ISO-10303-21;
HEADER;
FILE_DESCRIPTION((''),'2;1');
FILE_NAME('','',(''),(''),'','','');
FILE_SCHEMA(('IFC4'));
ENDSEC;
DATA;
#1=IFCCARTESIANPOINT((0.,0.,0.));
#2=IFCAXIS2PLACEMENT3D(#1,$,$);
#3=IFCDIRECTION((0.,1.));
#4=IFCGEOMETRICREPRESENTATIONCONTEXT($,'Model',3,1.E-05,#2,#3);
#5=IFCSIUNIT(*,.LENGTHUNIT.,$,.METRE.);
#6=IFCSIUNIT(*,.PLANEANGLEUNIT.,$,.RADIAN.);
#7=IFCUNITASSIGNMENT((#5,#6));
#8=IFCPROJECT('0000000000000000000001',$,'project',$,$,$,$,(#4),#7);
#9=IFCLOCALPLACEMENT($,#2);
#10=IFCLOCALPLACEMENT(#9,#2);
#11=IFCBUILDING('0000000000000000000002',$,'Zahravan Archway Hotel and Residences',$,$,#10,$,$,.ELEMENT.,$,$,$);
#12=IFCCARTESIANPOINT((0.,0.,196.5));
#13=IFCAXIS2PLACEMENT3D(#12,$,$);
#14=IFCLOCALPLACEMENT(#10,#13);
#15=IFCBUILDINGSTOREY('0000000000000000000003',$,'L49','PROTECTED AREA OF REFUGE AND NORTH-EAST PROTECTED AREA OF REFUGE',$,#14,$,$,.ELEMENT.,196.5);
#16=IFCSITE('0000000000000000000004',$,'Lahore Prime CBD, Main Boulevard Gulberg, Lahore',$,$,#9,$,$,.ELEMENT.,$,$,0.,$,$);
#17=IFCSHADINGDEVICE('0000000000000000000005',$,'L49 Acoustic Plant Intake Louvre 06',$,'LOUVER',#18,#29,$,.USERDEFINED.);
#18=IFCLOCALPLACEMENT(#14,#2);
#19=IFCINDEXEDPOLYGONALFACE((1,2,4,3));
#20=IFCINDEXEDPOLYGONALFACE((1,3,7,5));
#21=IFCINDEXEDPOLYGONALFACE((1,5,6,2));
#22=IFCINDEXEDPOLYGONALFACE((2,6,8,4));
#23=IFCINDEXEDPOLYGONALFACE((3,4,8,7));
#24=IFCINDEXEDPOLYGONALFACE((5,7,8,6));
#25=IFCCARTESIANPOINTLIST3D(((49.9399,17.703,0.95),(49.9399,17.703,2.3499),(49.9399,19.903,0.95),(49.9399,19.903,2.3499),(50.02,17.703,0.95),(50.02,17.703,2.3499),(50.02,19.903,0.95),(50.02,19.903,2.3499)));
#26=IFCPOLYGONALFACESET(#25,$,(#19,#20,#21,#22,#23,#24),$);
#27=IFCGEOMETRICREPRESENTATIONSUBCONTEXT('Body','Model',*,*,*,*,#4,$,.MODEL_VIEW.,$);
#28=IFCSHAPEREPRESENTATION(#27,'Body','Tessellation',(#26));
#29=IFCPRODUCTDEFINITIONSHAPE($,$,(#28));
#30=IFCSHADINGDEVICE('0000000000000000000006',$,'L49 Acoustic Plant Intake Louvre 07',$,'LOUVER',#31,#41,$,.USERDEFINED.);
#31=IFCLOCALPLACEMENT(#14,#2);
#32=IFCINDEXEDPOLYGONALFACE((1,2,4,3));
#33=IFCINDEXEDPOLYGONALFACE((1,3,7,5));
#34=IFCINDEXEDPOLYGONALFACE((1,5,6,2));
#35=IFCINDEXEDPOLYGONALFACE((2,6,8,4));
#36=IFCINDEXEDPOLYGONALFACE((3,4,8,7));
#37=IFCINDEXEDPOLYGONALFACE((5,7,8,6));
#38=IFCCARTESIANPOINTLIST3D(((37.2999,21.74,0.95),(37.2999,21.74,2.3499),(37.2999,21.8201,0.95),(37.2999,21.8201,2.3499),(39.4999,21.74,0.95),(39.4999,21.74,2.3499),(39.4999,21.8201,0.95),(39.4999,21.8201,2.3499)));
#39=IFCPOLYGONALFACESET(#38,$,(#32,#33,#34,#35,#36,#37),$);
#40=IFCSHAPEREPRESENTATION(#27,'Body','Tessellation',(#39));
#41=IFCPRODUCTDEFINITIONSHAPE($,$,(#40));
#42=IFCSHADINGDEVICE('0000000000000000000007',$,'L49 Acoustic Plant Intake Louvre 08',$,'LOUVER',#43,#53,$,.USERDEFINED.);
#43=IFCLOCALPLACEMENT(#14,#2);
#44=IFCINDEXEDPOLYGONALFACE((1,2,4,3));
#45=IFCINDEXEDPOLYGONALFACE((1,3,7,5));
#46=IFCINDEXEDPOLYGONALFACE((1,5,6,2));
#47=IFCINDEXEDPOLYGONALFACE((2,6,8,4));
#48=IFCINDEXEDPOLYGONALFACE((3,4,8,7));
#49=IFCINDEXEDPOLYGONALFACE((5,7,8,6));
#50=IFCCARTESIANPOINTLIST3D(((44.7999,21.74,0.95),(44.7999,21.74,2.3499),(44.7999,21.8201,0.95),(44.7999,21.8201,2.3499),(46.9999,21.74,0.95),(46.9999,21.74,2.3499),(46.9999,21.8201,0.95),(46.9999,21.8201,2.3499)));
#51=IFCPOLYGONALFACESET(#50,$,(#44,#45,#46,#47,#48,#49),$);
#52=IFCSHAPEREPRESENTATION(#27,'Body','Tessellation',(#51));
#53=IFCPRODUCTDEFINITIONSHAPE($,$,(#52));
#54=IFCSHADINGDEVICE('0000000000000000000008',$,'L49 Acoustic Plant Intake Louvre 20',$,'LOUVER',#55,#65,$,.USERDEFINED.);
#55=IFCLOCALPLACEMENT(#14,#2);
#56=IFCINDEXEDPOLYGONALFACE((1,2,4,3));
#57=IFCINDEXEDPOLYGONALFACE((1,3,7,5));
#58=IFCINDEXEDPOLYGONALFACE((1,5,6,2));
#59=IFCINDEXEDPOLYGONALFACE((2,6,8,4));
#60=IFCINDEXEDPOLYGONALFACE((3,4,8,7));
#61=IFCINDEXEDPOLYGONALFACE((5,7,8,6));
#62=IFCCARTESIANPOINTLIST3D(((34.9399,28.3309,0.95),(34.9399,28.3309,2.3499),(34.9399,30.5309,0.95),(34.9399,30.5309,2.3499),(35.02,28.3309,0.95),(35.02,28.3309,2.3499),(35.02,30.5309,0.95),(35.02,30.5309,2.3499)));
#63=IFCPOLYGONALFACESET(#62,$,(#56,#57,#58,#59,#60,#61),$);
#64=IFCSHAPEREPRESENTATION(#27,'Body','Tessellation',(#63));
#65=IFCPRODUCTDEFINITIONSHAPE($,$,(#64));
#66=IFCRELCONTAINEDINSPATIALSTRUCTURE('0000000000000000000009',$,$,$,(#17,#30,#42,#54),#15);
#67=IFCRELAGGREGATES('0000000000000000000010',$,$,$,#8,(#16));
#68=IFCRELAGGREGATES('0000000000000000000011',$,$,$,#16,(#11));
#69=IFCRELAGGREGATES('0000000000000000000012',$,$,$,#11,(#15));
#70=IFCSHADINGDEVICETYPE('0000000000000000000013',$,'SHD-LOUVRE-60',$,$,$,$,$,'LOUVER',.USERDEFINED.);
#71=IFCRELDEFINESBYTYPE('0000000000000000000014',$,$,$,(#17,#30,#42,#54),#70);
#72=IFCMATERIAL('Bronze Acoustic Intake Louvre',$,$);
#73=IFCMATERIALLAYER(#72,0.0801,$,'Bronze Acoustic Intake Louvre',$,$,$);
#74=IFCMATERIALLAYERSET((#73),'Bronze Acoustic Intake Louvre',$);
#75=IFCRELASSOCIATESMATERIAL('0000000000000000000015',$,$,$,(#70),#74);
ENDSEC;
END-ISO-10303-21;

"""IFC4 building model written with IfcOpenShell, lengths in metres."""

from ifc_helpers import new_model, si_unit, direction, frame, origin, origin_2d, place, context, subcontext, project, spatial, rectangle, extrude, source, transform, mapped, material, layer, layer_set, type_object, type_shapes, element, save


model = new_model("IFC4")

# Units and contexts
model_context = context("Model", 3, precision=1e-05, world=origin(), true_north=direction((0.0, 1.0)))
body_context = subcontext(model_context, "Body", "Model", "MODEL_VIEW")
ifc_project = project(units=[si_unit("LENGTHUNIT", "METRE"), si_unit("PLANEANGLEUNIT", "RADIAN")], contexts=[model_context])

# Site, building, storey
site_placement = place(None, origin())
site = spatial("IfcSite", under=ifc_project, at=site_placement, Name="Lahore Prime CBD, Main Boulevard Gulberg, Lahore", CompositionType="ELEMENT", RefElevation=0.0)
building_placement = place(site_placement, origin())
building = spatial("IfcBuilding", under=site, at=building_placement, Name="Zahravan Archway Hotel and Residences", CompositionType="ELEMENT")
storey_placement = place(building_placement, frame((0.0, 0.0, 196.5)))
storey = spatial("IfcBuildingStorey", under=building, at=storey_placement, Name="L49", Description="PROTECTED AREA OF REFUGE AND NORTH-EAST PROTECTED AREA OF REFUGE", CompositionType="ELEMENT", Elevation=196.5)

# Shading devices
ifc_material_1 = material(Name="Bronze Acoustic Intake Louvre")
ifc_layer_1 = layer(ifc_material_1, 0.0801, Name="Bronze Acoustic Intake Louvre")
ifc_layer_set_1 = layer_set([ifc_layer_1], Name="Bronze Acoustic Intake Louvre")
shading_device_type = type_object("IfcShadingDeviceType", Name="SHD-LOUVRE-60", ElementType="LOUVER", PredefinedType="USERDEFINED", material=ifc_layer_set_1)
shared_shape_1 = source(origin(), body_context, "Body", "SweptSolid", [
    extrude(rectangle(XDim=2.2, YDim=0.0801, at=origin_2d()), origin(), (0.0, 0.0, 1.0), 1.3999),
])
type_shapes(shading_device_type, [shared_shape_1])
for number, where, z_axis, x_axis, name in (
    (1, (49.98, 18.803, 0.95), (0.0, 0.0, 1.0), (0.0, 1.0, 0.0), "L49 Acoustic Plant Intake Louvre 06"),
    (2, (38.3999, 21.78, 0.95), (0.0, 0.0, 1.0), (1.0, 0.0, 0.0), "L49 Acoustic Plant Intake Louvre 07"),
    (3, (45.8999, 21.78, 0.95), (0.0, 0.0, 1.0), (1.0, 0.0, 0.0), "L49 Acoustic Plant Intake Louvre 08"),
    (4, (34.98, 29.4309, 0.95), (0.0, 0.0, 1.0), (0.0, 1.0, 0.0), "L49 Acoustic Plant Intake Louvre 20"),
):
    element("IfcShadingDevice", number, at=place(storey_placement, frame(where, z_axis=z_axis, x_axis=x_axis)), inside=storey, type_object=shading_device_type, Name=name, ObjectType="LOUVER", PredefinedType="USERDEFINED", context=body_context, shape_type="MappedRepresentation", body=[
        mapped(shared_shape_1, transform((0.0, 0.0, 0.0), scale=1.0)),
    ])

save(model, "model.ifc")
